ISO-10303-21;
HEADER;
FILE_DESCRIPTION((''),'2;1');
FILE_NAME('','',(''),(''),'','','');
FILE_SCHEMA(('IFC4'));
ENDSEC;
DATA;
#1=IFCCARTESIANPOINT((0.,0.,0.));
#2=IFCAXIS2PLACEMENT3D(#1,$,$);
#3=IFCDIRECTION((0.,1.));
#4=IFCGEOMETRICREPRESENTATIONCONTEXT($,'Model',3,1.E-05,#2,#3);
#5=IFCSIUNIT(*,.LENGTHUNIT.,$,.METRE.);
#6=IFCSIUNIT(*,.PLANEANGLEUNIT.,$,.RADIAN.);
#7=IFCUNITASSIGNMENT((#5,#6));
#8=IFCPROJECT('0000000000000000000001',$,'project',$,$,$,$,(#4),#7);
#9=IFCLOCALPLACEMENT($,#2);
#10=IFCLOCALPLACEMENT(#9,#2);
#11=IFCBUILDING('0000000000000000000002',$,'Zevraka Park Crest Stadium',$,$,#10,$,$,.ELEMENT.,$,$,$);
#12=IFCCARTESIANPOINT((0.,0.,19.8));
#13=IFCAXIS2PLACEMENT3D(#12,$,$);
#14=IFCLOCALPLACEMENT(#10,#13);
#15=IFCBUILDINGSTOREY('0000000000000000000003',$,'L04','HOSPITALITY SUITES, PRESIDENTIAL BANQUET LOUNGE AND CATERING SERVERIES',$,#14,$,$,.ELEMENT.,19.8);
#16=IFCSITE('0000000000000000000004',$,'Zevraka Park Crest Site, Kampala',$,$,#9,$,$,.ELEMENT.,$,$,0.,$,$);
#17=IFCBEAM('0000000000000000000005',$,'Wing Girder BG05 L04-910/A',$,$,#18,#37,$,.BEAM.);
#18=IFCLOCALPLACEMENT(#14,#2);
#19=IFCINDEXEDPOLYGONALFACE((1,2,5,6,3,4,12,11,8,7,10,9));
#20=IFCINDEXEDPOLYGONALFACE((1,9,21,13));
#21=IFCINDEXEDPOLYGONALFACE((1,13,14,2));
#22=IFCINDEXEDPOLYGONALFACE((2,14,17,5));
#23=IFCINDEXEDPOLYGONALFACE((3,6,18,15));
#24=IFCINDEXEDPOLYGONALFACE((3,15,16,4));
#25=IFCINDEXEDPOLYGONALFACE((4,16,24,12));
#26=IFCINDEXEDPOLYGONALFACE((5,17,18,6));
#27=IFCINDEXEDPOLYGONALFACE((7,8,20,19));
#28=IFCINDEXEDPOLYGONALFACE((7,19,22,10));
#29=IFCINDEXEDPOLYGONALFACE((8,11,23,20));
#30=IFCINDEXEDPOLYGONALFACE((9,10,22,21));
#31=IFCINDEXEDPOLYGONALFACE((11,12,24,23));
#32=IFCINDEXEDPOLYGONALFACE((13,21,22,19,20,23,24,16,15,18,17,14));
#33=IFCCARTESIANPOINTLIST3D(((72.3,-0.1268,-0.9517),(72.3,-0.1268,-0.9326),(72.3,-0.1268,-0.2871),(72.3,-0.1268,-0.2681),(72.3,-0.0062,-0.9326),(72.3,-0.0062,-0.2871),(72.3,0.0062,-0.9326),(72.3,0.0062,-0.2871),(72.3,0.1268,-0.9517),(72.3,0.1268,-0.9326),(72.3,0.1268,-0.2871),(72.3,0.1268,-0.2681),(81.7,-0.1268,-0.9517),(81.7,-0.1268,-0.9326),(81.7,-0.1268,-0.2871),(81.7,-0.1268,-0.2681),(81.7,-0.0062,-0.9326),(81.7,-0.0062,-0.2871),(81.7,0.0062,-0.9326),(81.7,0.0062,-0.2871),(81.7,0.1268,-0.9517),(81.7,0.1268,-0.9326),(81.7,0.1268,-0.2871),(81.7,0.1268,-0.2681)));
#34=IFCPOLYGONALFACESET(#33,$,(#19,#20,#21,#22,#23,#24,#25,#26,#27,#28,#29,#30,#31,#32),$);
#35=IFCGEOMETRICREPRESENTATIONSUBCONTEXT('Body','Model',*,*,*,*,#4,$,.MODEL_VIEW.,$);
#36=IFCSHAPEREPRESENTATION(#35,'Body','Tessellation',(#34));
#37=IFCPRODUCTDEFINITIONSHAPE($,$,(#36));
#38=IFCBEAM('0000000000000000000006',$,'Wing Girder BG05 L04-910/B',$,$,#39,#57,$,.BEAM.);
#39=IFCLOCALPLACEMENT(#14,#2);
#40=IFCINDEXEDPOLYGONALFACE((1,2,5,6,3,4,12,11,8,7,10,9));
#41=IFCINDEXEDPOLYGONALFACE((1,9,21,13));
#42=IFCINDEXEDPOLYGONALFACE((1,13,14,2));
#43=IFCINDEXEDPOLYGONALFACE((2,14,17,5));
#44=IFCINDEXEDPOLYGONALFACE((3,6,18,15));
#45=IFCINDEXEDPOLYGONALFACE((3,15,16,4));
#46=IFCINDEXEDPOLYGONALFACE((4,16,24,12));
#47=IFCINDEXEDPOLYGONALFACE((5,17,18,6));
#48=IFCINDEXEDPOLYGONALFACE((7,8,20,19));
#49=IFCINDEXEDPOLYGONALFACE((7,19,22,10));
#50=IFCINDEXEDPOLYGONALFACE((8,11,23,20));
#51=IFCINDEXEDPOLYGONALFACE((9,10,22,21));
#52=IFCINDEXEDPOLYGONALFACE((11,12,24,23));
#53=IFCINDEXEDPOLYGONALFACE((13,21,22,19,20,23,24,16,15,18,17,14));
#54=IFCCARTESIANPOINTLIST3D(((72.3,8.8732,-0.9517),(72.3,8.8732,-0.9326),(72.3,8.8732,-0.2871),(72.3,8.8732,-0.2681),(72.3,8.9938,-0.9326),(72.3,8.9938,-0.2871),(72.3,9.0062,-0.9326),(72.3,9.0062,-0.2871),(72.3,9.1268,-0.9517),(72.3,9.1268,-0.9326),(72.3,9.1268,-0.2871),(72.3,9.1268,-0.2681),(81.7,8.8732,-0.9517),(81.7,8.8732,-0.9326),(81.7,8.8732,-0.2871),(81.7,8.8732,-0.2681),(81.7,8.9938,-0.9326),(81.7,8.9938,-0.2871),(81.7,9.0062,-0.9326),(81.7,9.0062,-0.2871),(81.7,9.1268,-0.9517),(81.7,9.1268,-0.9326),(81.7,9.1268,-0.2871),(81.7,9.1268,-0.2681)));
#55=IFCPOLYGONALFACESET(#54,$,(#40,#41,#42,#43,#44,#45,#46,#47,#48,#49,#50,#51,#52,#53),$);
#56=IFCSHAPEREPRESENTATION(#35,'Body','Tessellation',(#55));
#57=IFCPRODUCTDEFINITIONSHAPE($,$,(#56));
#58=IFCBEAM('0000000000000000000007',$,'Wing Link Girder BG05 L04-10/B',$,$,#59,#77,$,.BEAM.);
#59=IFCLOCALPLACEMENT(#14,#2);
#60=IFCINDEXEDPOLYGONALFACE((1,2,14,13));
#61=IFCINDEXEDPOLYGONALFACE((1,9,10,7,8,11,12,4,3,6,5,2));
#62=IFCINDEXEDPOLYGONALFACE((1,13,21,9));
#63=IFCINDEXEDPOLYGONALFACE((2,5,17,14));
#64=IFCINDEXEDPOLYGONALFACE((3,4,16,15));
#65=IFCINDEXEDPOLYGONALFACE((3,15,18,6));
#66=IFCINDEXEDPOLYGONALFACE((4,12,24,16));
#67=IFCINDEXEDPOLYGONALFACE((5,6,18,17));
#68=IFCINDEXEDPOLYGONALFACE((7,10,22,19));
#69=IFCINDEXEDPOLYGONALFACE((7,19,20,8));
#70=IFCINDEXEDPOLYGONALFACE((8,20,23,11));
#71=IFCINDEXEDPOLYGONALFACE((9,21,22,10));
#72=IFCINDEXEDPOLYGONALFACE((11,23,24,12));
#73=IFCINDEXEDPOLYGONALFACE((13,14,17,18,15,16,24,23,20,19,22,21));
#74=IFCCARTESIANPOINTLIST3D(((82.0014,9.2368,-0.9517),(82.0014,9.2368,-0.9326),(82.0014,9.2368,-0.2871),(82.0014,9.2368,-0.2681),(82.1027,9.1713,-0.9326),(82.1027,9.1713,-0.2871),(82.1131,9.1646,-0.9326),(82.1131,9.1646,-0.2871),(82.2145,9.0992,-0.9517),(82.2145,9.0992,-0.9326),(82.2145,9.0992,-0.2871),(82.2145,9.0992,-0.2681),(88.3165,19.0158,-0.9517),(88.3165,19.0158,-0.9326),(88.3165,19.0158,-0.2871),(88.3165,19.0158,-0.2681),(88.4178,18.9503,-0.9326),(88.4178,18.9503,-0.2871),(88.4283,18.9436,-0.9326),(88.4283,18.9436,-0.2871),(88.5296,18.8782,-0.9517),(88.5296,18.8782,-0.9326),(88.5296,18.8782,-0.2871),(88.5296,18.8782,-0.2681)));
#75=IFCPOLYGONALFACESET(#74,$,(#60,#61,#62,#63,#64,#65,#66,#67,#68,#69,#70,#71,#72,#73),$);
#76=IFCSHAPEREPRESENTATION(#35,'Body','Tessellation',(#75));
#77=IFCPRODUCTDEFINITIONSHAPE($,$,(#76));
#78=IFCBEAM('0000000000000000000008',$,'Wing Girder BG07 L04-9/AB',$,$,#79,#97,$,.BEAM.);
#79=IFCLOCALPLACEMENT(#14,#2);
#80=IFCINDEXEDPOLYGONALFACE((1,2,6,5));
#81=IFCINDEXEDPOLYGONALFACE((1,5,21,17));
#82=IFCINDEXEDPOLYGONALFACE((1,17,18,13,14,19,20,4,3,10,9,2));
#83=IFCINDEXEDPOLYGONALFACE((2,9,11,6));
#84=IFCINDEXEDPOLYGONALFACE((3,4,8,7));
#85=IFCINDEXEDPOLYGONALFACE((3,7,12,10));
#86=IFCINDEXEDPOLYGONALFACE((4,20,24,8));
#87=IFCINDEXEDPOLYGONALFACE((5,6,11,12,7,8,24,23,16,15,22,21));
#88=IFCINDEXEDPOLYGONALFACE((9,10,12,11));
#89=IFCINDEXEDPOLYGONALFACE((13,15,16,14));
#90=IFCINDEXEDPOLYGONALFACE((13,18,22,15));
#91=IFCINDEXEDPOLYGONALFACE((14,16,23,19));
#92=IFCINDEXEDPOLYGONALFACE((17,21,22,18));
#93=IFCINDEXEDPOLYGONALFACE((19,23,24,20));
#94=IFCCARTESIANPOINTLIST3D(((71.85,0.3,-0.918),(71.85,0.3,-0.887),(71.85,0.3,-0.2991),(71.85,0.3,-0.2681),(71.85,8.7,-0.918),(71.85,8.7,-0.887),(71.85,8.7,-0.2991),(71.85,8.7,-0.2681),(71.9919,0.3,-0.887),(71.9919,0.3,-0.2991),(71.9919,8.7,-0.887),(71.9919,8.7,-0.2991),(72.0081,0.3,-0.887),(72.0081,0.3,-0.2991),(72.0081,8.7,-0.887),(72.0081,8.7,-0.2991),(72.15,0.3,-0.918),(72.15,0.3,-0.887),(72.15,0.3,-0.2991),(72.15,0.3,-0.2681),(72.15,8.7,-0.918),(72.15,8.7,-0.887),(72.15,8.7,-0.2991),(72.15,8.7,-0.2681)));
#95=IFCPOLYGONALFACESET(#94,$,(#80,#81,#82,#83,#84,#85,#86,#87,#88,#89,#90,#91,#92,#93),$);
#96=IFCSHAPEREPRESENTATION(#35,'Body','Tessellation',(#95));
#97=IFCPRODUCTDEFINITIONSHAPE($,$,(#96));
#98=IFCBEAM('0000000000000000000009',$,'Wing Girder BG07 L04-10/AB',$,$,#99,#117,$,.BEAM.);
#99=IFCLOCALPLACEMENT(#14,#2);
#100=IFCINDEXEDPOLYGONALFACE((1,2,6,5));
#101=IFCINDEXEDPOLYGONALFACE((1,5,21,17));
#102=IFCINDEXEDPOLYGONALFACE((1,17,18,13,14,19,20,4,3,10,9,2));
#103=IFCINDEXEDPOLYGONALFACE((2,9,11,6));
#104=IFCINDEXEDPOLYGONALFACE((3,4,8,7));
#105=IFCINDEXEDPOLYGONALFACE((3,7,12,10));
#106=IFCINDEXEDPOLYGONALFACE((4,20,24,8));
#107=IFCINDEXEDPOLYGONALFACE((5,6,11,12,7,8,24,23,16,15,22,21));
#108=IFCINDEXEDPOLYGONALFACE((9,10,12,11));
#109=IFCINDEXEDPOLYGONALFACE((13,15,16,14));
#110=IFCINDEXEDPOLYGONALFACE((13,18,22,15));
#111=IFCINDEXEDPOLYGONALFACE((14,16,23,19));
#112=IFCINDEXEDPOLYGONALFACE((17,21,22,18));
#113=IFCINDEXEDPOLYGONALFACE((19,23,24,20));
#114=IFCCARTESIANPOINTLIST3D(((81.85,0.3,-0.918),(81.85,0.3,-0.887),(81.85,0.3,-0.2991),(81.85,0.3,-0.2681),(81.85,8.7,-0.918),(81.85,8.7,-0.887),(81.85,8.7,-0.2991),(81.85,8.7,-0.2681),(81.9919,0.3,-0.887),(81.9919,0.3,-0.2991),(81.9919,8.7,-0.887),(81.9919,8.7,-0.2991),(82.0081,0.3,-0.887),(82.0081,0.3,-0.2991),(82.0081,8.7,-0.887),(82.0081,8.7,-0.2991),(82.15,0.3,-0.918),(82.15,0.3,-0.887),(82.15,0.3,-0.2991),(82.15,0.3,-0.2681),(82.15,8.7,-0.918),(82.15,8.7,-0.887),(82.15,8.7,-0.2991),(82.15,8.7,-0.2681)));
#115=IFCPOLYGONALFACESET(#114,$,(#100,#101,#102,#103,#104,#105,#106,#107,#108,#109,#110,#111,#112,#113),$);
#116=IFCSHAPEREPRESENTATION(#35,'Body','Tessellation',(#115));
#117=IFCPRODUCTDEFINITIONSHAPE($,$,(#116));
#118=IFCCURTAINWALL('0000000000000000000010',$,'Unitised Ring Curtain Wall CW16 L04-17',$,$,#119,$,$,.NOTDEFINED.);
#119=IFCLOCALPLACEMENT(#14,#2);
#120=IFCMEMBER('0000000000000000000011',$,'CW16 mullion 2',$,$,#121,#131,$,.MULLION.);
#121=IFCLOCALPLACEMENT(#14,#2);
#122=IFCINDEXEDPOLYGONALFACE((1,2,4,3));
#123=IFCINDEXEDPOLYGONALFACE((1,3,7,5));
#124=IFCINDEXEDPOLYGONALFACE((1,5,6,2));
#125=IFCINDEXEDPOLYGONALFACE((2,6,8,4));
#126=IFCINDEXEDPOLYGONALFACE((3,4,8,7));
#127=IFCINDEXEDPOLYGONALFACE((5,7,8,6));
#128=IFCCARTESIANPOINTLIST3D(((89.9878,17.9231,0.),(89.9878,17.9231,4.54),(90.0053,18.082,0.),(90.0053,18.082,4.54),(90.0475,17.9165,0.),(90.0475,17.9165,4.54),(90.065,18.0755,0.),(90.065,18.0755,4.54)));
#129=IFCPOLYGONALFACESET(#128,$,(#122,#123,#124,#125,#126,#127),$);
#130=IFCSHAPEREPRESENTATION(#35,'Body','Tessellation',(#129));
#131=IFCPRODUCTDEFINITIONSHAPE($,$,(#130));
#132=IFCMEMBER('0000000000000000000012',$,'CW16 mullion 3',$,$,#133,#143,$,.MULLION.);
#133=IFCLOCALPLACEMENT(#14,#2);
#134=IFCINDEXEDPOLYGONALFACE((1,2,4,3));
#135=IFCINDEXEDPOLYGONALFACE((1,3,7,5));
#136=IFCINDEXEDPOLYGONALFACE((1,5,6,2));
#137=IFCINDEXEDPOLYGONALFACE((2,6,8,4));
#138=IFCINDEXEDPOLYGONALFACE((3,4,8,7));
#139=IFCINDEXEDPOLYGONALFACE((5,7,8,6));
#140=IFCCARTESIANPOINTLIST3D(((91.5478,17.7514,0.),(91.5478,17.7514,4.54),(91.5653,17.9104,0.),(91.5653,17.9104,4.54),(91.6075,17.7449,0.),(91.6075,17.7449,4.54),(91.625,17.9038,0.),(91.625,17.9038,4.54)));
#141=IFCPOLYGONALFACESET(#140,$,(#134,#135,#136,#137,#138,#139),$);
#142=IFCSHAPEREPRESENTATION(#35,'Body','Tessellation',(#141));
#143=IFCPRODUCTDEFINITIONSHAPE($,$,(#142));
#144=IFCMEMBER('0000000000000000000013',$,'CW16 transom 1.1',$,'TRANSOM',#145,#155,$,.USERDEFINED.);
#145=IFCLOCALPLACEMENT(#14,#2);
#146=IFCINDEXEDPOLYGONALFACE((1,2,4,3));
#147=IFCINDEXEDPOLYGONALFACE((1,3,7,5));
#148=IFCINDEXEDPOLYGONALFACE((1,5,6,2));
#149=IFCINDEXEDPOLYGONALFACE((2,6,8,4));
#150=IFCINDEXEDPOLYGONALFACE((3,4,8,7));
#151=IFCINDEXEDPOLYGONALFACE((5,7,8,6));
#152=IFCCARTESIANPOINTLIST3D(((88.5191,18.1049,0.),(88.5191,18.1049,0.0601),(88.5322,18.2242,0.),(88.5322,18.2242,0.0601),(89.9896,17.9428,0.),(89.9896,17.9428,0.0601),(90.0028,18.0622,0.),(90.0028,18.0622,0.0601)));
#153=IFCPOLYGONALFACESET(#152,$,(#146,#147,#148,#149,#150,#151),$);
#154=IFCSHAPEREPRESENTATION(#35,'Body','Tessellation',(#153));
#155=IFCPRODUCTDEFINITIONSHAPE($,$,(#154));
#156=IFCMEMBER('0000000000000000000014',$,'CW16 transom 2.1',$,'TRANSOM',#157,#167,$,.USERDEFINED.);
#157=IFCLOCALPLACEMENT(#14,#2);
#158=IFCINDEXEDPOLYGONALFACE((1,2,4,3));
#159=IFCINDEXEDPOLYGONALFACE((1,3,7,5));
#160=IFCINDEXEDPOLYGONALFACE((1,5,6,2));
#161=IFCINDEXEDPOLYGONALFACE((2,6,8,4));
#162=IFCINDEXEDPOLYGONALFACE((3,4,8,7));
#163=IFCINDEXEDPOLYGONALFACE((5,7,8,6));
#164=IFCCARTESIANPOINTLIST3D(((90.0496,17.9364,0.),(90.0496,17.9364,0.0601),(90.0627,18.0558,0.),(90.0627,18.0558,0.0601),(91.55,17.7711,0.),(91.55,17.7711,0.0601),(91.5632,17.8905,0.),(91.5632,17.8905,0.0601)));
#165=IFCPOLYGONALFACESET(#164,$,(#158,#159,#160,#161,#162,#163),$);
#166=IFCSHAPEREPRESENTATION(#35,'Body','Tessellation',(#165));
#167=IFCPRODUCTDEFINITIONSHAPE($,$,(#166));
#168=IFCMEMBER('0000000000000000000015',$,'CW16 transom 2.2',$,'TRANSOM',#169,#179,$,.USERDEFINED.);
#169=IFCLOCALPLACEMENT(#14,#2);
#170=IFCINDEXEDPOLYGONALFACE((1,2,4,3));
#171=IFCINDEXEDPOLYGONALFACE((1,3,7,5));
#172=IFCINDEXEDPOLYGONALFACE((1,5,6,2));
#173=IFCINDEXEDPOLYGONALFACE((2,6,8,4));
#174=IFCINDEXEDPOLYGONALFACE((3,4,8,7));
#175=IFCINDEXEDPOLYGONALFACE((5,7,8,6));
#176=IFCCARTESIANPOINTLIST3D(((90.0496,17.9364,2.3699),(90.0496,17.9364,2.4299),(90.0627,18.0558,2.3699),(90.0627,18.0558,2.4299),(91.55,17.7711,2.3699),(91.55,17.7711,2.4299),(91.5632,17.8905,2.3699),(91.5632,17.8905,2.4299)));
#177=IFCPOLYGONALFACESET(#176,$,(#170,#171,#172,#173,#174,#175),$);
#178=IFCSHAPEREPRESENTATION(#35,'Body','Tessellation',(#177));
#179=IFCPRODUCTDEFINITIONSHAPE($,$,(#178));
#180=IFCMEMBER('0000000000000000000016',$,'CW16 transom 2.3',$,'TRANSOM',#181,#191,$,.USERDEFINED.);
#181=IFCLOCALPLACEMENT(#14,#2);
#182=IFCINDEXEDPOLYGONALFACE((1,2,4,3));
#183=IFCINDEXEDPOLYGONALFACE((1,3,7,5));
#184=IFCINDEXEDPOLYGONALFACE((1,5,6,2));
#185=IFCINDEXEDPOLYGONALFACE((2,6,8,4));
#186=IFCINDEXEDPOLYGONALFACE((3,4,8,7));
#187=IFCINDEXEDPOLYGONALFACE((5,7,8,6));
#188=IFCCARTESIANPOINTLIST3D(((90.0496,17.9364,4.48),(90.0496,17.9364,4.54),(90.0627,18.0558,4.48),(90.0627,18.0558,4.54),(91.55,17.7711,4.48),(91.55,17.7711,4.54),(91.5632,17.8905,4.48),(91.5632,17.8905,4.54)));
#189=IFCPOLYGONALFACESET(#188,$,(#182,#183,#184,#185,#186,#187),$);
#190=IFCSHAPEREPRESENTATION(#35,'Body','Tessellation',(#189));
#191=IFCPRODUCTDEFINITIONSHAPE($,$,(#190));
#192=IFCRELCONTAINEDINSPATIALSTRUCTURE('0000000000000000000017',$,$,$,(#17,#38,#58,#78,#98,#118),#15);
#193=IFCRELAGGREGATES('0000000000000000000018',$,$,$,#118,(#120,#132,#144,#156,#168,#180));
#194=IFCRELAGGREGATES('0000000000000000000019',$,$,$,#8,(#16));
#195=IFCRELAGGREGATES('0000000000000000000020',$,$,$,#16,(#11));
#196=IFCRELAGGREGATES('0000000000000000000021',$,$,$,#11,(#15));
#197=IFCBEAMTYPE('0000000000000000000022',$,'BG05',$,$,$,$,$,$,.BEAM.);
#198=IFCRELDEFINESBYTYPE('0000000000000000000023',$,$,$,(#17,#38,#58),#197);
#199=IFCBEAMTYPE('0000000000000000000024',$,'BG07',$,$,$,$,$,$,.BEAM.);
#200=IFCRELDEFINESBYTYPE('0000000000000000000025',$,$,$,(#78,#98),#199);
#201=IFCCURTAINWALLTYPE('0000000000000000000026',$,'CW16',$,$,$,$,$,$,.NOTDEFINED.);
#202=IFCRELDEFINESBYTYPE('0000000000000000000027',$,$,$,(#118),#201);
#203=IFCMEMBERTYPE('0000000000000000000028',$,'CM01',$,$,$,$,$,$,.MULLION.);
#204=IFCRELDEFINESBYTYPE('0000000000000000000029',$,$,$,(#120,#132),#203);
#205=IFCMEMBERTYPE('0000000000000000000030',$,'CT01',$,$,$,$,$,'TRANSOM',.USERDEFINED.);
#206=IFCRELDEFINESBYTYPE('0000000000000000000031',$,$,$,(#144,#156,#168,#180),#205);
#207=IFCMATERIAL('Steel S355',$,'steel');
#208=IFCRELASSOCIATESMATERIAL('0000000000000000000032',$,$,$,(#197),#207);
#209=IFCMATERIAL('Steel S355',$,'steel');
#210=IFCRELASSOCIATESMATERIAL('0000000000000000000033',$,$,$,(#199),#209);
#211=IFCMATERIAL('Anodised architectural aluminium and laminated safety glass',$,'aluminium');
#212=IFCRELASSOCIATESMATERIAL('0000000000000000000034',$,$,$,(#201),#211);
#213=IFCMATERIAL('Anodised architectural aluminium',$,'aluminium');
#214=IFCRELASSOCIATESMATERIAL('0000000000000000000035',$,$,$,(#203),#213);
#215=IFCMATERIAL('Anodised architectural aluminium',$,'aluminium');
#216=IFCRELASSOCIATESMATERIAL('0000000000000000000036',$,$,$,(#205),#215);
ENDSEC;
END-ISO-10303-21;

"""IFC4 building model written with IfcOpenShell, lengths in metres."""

from ifc_helpers import new_model, si_unit, direction, frame, origin, origin_2d, place, context, subcontext, project, spatial, rectangle, i_section, extrude, material, material_profile, profile_set, type_object, element, aggregate, save


model = new_model("IFC4")

# Units and contexts
model_context = context("Model", 3, precision=1e-05, world=origin(), true_north=direction((0.0, 1.0)))
body_context = subcontext(model_context, "Body", "Model", "MODEL_VIEW")
ifc_project = project(units=[si_unit("LENGTHUNIT", "METRE"), si_unit("PLANEANGLEUNIT", "RADIAN")], contexts=[model_context])

# Site, building, storey
site_placement = place(None, origin())
site = spatial("IfcSite", under=ifc_project, at=site_placement, Name="Zevraka Park Crest Site, Kampala", CompositionType="ELEMENT", RefElevation=0.0)
building_placement = place(site_placement, origin())
building = spatial("IfcBuilding", under=site, at=building_placement, Name="Zevraka Park Crest Stadium", CompositionType="ELEMENT")
storey_placement = place(building_placement, frame((0.0, 0.0, 19.8)))
storey = spatial("IfcBuildingStorey", under=building, at=storey_placement, Name="L04", Description="HOSPITALITY SUITES, PRESIDENTIAL BANQUET LOUNGE AND CATERING SERVERIES", CompositionType="ELEMENT", Elevation=19.8)

# Beams
ifc_material_1 = material(Name="Steel S355", Category="steel")
ifc_material_profile_1 = material_profile(ifc_material_1, i_section(OverallWidth=0.2537, OverallDepth=0.6836, WebThickness=0.0125, FlangeThickness=0.019, at=origin_2d()), Name="UKB 686x254x140")
ifc_profile_set_1 = profile_set([ifc_material_profile_1], Name="Steel S355")
beam_type_1 = type_object("IfcBeamType", Name="BG05", PredefinedType="BEAM", material=ifc_profile_set_1)
for number, where, z_axis, x_axis, name in (
    (1, (72.3, 0.0, -0.6099), (1.0, 0.0, 0.0), (0.0, 1.0, 0.0), "Wing Girder BG05 L04-910/A"),
    (2, (72.3, 9.0, -0.6099), (1.0, 0.0, 0.0), (0.0, 1.0, 0.0), "Wing Girder BG05 L04-910/B"),
):
    element("IfcBeam", number, at=place(storey_placement, frame(where, z_axis=z_axis, x_axis=x_axis)), inside=storey, type_object=beam_type_1, Name=name, PredefinedType="BEAM", context=body_context, shape_type="SweptSolid", body=[
        extrude(i_section(OverallWidth=0.2537, OverallDepth=0.6836, WebThickness=0.0125, FlangeThickness=0.019, at=origin_2d()), origin(), (0.0, 0.0, 1.0), 9.3999),
    ])
beam_placement = place(storey_placement, frame((82.1079, 9.168, -0.6099), z_axis=(0.542498, 0.840057, 0.0), x_axis=(-0.840057, 0.542498, 0.0)))
element("IfcBeam", 3, at=beam_placement, inside=storey, type_object=beam_type_1, Name="Wing Link Girder BG05 L04-10/B", PredefinedType="BEAM", context=body_context, shape_type="SweptSolid", body=[
    extrude(i_section(OverallWidth=0.2537, OverallDepth=0.6836, WebThickness=0.0125, FlangeThickness=0.019, at=origin_2d()), origin(), (0.0, 0.0, 1.0), 11.6409),
])
ifc_material_2 = material(Name="Steel S355", Category="steel")
ifc_material_profile_2 = material_profile(ifc_material_2, i_section(OverallWidth=0.3, OverallDepth=0.6499, WebThickness=0.0161, FlangeThickness=0.031, at=origin_2d()), Name="HEB 650")
ifc_profile_set_2 = profile_set([ifc_material_profile_2], Name="Steel S355")
beam_type_2 = type_object("IfcBeamType", Name="BG07", PredefinedType="BEAM", material=ifc_profile_set_2)
for number, where, z_axis, x_axis, name in (
    (4, (72.0, 0.3, -0.593), (0.0, 1.0, 0.0), (-1.0, 0.0, 0.0), "Wing Girder BG07 L04-9/AB"),
    (5, (82.0, 0.3, -0.593), (0.0, 1.0, 0.0), (-1.0, 0.0, 0.0), "Wing Girder BG07 L04-10/AB"),
):
    element("IfcBeam", number, at=place(storey_placement, frame(where, z_axis=z_axis, x_axis=x_axis)), inside=storey, type_object=beam_type_2, Name=name, PredefinedType="BEAM", context=body_context, shape_type="SweptSolid", body=[
        extrude(i_section(OverallWidth=0.3, OverallDepth=0.6499, WebThickness=0.0161, FlangeThickness=0.031, at=origin_2d()), origin(), (0.0, 0.0, 1.0), 8.3999),
    ])

# Curtain wall, members
ifc_material_3 = material(Name="Anodised architectural aluminium and laminated safety glass", Category="aluminium")
curtain_wall_type = type_object("IfcCurtainWallType", Name="CW16", PredefinedType="NOTDEFINED", material=ifc_material_3)
curtain_wall_placement = place(storey_placement, origin())
curtain_wall = element("IfcCurtainWall", 6, at=curtain_wall_placement, inside=storey, type_object=curtain_wall_type, Name="Unitised Ring Curtain Wall CW16 L04-17", PredefinedType="NOTDEFINED")
ifc_material_4 = material(Name="Anodised architectural aluminium", Category="aluminium")
ifc_material_profile_3 = material_profile(ifc_material_4, rectangle(XDim=0.1599, YDim=0.0601, at=origin_2d()), Name="ALU MULLION 160x60")
ifc_profile_set_3 = profile_set([ifc_material_profile_3], Name="Anodised architectural aluminium")
member_type_1 = type_object("IfcMemberType", Name="CM01", PredefinedType="MULLION", material=ifc_profile_set_3)
member_1_placement = place(storey_placement, frame((90.0264, 17.9993, 0.0), z_axis=(0.0, 0.0, 1.0), x_axis=(0.109406, 0.993997, 0.0)))
member_1 = element("IfcMember", 7, at=member_1_placement, type_object=member_type_1, Name="CW16 mullion 2", PredefinedType="MULLION", context=body_context, shape_type="SweptSolid", body=[
    extrude(rectangle(XDim=0.1599, YDim=0.0601, at=origin_2d()), origin(), (0.0, 0.0, 1.0), 4.54),
])
member_2_placement = place(storey_placement, frame((91.5864, 17.8276, 0.0), z_axis=(0.0, 0.0, 1.0), x_axis=(0.109406, 0.993997, 0.0)))
member_2 = element("IfcMember", 8, at=member_2_placement, type_object=member_type_1, Name="CW16 mullion 3", PredefinedType="MULLION", context=body_context, shape_type="SweptSolid", body=[
    extrude(rectangle(XDim=0.1599, YDim=0.0601, at=origin_2d()), origin(), (0.0, 0.0, 1.0), 4.54),
])
ifc_material_5 = material(Name="Anodised architectural aluminium", Category="aluminium")
ifc_material_profile_4 = material_profile(ifc_material_5, rectangle(XDim=0.1201, YDim=0.0601, at=origin_2d()), Name="ALU TRANSOM 120x60")
ifc_profile_set_4 = profile_set([ifc_material_profile_4], Name="Anodised architectural aluminium")
member_type_2 = type_object("IfcMemberType", Name="CT01", ElementType="TRANSOM", PredefinedType="USERDEFINED", material=ifc_profile_set_4)
member_3_placement = place(storey_placement, frame((88.5256, 18.1646, 0.03), z_axis=(0.99398, -0.109562, 0.0), x_axis=(0.109562, 0.99398, 0.0)))
member_3 = element("IfcMember", 9, at=member_3_placement, type_object=member_type_2, Name="CW16 transom 1.1", ObjectType="TRANSOM", PredefinedType="USERDEFINED", context=body_context, shape_type="SweptSolid", body=[
    extrude(rectangle(XDim=0.1201, YDim=0.0601, at=origin_2d()), origin(), (0.0, 0.0, 1.0), 1.4795),
])
member_4_placement = place(storey_placement, frame((90.0562, 17.9961, 0.03), z_axis=(0.993988, -0.109491, 0.0), x_axis=(0.109491, 0.993988, 0.0)))
member_4 = element("IfcMember", 10, at=member_4_placement, type_object=member_type_2, Name="CW16 transom 2.1", ObjectType="TRANSOM", PredefinedType="USERDEFINED", context=body_context, shape_type="SweptSolid", body=[
    extrude(rectangle(XDim=0.1201, YDim=0.0601, at=origin_2d()), origin(), (0.0, 0.0, 1.0), 1.5095),
])
member_5_placement = place(storey_placement, frame((90.0562, 17.9961, 2.3999), z_axis=(0.993988, -0.109491, 0.0), x_axis=(0.109491, 0.993988, 0.0)))
member_5 = element("IfcMember", 11, at=member_5_placement, type_object=member_type_2, Name="CW16 transom 2.2", ObjectType="TRANSOM", PredefinedType="USERDEFINED", context=body_context, shape_type="SweptSolid", body=[
    extrude(rectangle(XDim=0.1201, YDim=0.0601, at=origin_2d()), origin(), (0.0, 0.0, 1.0), 1.5095),
])
member_6_placement = place(storey_placement, frame((90.0562, 17.9961, 4.51), z_axis=(0.993988, -0.109491, 0.0), x_axis=(0.109491, 0.993988, 0.0)))
member_6 = element("IfcMember", 12, at=member_6_placement, type_object=member_type_2, Name="CW16 transom 2.3", ObjectType="TRANSOM", PredefinedType="USERDEFINED", context=body_context, shape_type="SweptSolid", body=[
    extrude(rectangle(XDim=0.1201, YDim=0.0601, at=origin_2d()), origin(), (0.0, 0.0, 1.0), 1.5095),
])

aggregate(curtain_wall, [member_1, member_2, member_3, member_4, member_5, member_6])

save(model, "model.ifc")
